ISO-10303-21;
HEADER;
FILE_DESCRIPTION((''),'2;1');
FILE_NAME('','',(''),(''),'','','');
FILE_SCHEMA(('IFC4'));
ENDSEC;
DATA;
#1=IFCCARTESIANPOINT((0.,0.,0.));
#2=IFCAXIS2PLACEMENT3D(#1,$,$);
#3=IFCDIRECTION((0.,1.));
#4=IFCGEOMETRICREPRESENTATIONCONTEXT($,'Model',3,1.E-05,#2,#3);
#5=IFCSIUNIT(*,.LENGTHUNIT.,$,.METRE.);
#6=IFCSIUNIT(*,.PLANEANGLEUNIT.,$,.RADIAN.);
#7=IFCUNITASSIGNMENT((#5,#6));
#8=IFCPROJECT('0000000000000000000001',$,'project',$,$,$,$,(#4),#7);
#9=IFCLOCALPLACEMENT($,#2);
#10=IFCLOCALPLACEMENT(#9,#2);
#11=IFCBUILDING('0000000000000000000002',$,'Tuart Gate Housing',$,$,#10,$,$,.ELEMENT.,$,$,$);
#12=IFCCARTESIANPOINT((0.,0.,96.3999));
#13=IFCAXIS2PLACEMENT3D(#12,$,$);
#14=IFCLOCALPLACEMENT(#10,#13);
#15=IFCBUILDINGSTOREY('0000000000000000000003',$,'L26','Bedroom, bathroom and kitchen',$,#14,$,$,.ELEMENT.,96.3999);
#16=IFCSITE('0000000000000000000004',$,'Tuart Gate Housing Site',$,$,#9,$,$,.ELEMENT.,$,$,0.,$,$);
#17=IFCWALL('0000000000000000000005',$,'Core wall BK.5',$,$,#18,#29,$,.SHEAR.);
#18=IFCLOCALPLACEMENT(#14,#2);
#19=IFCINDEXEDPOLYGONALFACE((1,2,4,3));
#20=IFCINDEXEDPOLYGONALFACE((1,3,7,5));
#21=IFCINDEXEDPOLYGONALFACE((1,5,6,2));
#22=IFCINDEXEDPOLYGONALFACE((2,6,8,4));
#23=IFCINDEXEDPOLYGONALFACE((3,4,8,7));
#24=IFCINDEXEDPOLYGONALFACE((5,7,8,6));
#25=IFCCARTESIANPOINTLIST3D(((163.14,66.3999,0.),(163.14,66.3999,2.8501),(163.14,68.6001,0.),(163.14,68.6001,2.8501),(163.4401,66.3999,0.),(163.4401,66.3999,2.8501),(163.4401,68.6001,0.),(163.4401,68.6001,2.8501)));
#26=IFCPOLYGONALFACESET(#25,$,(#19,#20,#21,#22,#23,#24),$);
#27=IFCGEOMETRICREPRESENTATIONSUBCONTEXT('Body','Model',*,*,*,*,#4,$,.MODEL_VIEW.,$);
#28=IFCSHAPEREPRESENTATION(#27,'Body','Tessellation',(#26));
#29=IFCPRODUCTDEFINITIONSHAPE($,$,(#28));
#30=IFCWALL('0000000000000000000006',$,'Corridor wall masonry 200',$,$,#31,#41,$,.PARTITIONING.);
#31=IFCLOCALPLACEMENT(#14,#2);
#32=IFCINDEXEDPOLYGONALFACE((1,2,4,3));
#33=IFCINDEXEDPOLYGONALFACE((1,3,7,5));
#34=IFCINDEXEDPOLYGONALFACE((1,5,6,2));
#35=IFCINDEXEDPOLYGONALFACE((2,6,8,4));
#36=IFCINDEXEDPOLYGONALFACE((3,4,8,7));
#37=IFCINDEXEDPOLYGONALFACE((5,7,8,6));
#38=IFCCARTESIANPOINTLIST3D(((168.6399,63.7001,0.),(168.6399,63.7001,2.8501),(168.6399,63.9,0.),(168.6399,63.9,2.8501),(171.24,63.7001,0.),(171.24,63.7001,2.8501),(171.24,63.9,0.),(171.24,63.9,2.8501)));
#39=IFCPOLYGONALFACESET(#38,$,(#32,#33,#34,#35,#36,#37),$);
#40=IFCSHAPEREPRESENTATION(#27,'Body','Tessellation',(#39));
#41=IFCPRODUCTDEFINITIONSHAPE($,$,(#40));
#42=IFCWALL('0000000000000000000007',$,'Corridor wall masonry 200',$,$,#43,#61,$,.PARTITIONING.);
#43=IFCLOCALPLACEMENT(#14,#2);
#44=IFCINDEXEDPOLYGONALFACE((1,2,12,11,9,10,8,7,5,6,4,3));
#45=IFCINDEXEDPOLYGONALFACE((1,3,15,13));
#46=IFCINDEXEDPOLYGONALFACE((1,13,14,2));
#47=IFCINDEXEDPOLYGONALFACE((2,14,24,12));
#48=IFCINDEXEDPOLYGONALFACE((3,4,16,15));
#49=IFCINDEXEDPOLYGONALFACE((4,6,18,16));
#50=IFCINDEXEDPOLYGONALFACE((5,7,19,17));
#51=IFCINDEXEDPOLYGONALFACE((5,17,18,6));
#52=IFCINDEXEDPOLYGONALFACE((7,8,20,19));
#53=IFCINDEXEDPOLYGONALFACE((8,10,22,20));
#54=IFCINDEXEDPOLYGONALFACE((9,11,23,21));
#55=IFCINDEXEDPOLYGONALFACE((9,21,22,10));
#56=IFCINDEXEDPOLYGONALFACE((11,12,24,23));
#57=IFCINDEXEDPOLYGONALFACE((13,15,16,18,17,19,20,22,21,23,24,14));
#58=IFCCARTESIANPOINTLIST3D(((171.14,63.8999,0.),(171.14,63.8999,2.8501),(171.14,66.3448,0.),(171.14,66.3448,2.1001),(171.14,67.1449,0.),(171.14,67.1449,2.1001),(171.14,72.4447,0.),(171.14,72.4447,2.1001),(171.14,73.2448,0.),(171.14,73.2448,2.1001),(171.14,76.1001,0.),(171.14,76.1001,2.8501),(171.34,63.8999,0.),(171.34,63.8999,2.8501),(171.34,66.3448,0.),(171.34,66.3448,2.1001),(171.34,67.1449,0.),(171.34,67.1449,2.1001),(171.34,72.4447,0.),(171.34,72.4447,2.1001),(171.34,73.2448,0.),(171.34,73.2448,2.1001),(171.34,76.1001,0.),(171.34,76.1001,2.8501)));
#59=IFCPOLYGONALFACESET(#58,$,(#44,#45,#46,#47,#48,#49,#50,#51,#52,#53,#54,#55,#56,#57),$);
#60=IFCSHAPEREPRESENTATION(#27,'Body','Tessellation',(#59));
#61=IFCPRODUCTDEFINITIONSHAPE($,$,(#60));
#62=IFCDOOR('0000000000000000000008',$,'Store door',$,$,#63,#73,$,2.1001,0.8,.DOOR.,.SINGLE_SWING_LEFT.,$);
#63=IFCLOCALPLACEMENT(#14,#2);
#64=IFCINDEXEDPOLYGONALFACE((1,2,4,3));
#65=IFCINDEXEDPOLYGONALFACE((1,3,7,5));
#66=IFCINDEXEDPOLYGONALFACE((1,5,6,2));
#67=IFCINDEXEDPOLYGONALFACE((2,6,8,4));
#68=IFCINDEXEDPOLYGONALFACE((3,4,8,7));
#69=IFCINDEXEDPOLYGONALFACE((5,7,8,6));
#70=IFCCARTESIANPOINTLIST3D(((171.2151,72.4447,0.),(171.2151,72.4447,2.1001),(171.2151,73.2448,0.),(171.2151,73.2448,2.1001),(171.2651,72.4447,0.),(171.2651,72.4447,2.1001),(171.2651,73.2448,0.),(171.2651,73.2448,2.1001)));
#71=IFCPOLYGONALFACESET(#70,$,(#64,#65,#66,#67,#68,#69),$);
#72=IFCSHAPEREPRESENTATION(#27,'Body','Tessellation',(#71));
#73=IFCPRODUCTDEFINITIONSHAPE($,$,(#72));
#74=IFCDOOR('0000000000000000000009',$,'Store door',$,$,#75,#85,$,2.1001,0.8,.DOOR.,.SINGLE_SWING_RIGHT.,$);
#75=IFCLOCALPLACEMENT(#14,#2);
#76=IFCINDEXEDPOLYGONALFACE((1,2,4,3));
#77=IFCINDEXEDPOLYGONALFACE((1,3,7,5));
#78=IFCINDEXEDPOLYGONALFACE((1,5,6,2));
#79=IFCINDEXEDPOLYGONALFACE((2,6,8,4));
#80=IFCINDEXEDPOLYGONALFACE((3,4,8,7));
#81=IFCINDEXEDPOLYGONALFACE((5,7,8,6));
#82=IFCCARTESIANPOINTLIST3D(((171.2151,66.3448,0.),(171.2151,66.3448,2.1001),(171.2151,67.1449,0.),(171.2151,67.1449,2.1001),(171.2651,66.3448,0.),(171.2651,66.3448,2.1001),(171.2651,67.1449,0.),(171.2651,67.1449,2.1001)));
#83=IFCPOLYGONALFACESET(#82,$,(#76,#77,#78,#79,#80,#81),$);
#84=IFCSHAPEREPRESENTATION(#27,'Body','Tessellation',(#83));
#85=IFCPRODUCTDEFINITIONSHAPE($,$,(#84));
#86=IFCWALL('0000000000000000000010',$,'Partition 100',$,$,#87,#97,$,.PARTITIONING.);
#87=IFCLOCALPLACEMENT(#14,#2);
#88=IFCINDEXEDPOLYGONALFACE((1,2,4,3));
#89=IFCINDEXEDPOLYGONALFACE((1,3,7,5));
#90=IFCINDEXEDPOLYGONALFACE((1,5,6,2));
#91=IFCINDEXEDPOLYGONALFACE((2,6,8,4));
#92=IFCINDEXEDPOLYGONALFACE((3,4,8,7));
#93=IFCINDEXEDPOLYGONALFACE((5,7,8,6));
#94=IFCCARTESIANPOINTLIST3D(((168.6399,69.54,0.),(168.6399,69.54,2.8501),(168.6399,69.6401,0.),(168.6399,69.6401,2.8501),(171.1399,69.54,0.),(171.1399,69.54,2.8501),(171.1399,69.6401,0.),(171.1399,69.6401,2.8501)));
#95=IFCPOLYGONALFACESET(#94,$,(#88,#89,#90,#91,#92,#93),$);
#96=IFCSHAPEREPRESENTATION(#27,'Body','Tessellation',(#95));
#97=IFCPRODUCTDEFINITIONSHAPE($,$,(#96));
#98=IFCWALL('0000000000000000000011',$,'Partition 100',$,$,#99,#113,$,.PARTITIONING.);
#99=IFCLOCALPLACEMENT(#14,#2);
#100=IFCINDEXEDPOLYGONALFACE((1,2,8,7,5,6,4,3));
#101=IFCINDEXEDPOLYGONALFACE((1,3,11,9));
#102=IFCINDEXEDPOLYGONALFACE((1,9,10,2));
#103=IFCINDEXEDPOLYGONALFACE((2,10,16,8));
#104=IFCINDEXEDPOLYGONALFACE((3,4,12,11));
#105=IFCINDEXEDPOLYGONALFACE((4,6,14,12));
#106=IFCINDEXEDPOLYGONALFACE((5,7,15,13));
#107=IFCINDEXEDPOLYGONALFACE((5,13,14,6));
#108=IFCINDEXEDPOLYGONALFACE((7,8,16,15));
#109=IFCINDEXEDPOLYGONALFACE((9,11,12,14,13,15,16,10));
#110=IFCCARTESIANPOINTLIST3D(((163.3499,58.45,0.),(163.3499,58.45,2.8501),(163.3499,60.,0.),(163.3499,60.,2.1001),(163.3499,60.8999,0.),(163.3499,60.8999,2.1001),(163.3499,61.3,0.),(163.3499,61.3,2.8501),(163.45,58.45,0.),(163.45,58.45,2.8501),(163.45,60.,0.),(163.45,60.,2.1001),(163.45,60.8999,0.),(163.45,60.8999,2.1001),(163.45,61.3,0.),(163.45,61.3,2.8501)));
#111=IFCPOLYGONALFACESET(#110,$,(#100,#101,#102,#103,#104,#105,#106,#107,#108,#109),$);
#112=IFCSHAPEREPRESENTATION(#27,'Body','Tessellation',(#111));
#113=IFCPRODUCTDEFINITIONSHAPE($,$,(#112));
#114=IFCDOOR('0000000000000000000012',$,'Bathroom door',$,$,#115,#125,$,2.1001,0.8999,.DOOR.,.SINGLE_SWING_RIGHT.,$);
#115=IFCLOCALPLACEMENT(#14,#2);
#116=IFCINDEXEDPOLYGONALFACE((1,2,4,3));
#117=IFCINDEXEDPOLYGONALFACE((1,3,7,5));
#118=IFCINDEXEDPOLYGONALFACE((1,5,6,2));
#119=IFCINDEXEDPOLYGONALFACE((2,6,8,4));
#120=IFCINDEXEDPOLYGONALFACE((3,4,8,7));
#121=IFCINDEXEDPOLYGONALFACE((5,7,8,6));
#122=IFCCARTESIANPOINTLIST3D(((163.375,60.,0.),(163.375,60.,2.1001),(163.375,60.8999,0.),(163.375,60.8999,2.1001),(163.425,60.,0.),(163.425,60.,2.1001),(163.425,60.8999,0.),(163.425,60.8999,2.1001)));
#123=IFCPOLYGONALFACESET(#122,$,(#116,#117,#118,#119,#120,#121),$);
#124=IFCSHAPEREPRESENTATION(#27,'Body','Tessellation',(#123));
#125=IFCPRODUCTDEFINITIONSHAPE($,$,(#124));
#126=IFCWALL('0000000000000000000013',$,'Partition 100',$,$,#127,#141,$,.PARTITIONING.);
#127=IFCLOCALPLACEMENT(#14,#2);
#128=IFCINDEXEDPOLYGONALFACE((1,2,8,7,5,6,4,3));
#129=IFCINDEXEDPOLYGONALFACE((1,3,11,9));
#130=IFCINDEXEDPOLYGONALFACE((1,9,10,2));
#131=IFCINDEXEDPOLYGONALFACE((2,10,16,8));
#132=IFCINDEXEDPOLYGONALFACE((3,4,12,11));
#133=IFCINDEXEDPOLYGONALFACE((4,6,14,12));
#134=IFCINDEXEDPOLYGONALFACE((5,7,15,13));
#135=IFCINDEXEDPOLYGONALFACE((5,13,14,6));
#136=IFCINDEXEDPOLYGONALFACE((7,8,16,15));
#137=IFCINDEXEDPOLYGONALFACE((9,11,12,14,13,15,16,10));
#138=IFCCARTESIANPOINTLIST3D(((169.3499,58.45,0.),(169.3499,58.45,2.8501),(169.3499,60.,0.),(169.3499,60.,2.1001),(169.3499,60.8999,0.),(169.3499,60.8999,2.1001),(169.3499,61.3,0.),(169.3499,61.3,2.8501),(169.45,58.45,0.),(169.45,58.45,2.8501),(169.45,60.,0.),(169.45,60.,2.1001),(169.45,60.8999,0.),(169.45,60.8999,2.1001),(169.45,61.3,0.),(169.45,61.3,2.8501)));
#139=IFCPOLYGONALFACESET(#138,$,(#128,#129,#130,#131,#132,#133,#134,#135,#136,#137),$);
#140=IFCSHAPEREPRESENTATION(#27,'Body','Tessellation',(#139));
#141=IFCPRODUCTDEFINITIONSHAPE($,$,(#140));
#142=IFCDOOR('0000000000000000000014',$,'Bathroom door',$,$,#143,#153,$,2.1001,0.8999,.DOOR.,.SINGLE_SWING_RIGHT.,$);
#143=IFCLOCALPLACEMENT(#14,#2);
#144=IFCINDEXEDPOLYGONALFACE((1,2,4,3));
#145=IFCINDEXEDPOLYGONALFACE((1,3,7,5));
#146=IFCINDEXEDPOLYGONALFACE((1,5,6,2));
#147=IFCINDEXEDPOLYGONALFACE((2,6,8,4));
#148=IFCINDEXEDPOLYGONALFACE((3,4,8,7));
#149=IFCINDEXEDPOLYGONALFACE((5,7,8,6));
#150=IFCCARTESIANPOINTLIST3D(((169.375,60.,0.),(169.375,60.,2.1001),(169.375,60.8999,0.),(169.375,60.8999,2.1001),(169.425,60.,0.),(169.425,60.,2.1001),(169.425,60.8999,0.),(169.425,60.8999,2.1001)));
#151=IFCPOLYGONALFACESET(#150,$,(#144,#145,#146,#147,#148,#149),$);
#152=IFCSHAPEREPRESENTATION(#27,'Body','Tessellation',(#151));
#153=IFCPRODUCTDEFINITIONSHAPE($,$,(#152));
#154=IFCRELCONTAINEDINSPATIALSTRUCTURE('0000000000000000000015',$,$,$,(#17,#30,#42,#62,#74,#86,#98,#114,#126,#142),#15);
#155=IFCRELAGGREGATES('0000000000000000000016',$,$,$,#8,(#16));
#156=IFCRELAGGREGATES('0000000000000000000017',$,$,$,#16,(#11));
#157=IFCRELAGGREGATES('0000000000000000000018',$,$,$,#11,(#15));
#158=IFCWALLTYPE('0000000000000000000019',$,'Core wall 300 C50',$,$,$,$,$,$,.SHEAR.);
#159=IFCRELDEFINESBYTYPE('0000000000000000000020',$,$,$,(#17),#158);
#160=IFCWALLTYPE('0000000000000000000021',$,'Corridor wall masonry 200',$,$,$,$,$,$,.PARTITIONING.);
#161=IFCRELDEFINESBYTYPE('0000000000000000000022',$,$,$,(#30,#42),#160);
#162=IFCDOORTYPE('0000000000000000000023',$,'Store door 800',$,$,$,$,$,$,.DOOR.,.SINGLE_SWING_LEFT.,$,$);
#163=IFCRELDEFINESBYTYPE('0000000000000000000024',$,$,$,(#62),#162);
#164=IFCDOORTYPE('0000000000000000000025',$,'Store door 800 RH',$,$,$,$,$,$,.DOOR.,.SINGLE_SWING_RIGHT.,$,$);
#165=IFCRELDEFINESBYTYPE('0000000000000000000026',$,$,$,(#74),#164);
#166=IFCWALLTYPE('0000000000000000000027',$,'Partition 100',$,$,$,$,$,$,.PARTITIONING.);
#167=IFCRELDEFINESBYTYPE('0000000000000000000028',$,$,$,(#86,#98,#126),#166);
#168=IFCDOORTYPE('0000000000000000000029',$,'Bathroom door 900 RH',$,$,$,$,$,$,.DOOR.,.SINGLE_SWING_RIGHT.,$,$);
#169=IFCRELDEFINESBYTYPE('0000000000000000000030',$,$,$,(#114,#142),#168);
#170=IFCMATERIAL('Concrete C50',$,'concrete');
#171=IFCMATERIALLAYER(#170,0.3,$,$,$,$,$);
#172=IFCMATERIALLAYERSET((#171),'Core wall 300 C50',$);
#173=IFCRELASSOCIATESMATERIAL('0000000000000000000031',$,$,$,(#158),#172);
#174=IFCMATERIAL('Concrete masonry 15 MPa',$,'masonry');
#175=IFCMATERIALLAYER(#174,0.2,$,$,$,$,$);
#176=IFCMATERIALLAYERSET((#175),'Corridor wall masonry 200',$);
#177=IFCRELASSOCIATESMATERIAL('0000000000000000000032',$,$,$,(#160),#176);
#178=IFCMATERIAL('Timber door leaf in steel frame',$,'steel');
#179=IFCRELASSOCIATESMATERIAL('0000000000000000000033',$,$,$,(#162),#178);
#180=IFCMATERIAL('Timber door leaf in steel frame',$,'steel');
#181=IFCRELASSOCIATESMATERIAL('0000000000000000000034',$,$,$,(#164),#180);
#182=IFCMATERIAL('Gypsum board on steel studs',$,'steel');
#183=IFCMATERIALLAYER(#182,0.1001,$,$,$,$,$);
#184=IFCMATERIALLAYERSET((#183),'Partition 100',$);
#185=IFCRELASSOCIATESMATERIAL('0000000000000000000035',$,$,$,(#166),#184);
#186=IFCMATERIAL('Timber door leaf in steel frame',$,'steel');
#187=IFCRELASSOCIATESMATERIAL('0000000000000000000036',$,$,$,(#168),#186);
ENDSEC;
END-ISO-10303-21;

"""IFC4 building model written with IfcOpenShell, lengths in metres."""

from ifc_helpers import new_model, si_unit, direction, frame, frame_2d, origin, place, context, subcontext, project, spatial, rectangle, extrude, material, layer, layer_set, type_object, element, fill, save


model = new_model("IFC4")

# Units and contexts
model_context = context("Model", 3, precision=1e-05, world=origin(), true_north=direction((0.0, 1.0)))
body_context = subcontext(model_context, "Body", "Model", "MODEL_VIEW")
ifc_project = project(units=[si_unit("LENGTHUNIT", "METRE"), si_unit("PLANEANGLEUNIT", "RADIAN")], contexts=[model_context])

# Site, building, storey
site_placement = place(None, origin())
site = spatial("IfcSite", under=ifc_project, at=site_placement, Name="Tuart Gate Housing Site", CompositionType="ELEMENT", RefElevation=0.0)
building_placement = place(site_placement, origin())
building = spatial("IfcBuilding", under=site, at=building_placement, Name="Tuart Gate Housing", CompositionType="ELEMENT")
storey_placement = place(building_placement, frame((0.0, 0.0, 96.3999)))
storey = spatial("IfcBuildingStorey", under=building, at=storey_placement, Name="L26", Description="Bedroom, bathroom and kitchen", CompositionType="ELEMENT", Elevation=96.3999)

# Walls
ifc_material_1 = material(Name="Concrete C50", Category="concrete")
ifc_layer_1 = layer(ifc_material_1, 0.3)
ifc_layer_set_1 = layer_set([ifc_layer_1], Name="Core wall 300 C50")
wall_type_1 = type_object("IfcWallType", Name="Core wall 300 C50", PredefinedType="SHEAR", material=ifc_layer_set_1)
wall_1_placement = place(storey_placement, frame((163.29, 68.6001, 0.0), z_axis=(0.0, 0.0, 1.0), x_axis=(0.0, -1.0, 0.0)))
element("IfcWall", 1, at=wall_1_placement, inside=storey, type_object=wall_type_1, Name="Core wall BK.5", PredefinedType="SHEAR", context=body_context, shape_type="SweptSolid", body=[
    extrude(rectangle(XDim=2.2002, YDim=0.3, at=frame_2d((1.1001, 0.0))), origin(), (0.0, 0.0, 1.0), 2.8501),
])
ifc_material_2 = material(Name="Concrete masonry 15 MPa", Category="masonry")
ifc_layer_2 = layer(ifc_material_2, 0.2)
ifc_layer_set_2 = layer_set([ifc_layer_2], Name="Corridor wall masonry 200")
wall_type_2 = type_object("IfcWallType", Name="Corridor wall masonry 200", PredefinedType="PARTITIONING", material=ifc_layer_set_2)
wall_2_placement = place(storey_placement, frame((168.6399, 63.8, 0.0), z_axis=(0.0, 0.0, 1.0), x_axis=(1.0, 0.0, 0.0)))
element("IfcWall", 2, at=wall_2_placement, inside=storey, type_object=wall_type_2, Name="Corridor wall masonry 200", PredefinedType="PARTITIONING", context=body_context, shape_type="SweptSolid", body=[
    extrude(rectangle(XDim=2.6001, YDim=0.2, at=frame_2d((1.3, 0.0))), origin(), (0.0, 0.0, 1.0), 2.8501),
])

# Wall, openings, doors
wall_3_placement = place(storey_placement, frame((171.24, 63.8999, 0.0), z_axis=(0.0, 0.0, 1.0), x_axis=(0.0, 1.0, 0.0)))
wall_3 = element("IfcWall", 3, at=wall_3_placement, inside=storey, type_object=wall_type_2, Name="Corridor wall masonry 200", PredefinedType="PARTITIONING", context=body_context, shape_type="SweptSolid", body=[
    extrude(rectangle(XDim=12.2002, YDim=0.2, at=frame_2d((6.1001, 0.0))), origin(), (0.0, 0.0, 1.0), 2.8501),
])
opening_1_placement = place(wall_3_placement, frame((2.4451, 0.0, 0.0)))
opening_1 = element("IfcOpeningElement", 4, at=opening_1_placement, cuts=wall_3, PredefinedType="OPENING", context=body_context, shape_type="SweptSolid", body=[
    extrude(rectangle(XDim=0.8, YDim=2.1001, at=frame_2d((0.3999, 1.05))), frame((0.0, 0.1099, 0.0), z_axis=(0.0, -1.0, 0.0), x_axis=(1.0, 0.0, 0.0)), (0.0, 0.0, 1.0), 0.22),
])
opening_2_placement = place(wall_3_placement, frame((8.5449, 0.0, 0.0)))
opening_2 = element("IfcOpeningElement", 5, at=opening_2_placement, cuts=wall_3, PredefinedType="OPENING", context=body_context, shape_type="SweptSolid", body=[
    extrude(rectangle(XDim=0.8, YDim=2.1001, at=frame_2d((0.3999, 1.05))), frame((0.0, 0.1099, 0.0), z_axis=(0.0, -1.0, 0.0), x_axis=(1.0, 0.0, 0.0)), (0.0, 0.0, 1.0), 0.22),
])
ifc_material_3 = material(Name="Timber door leaf in steel frame", Category="steel")
door_type_1 = type_object("IfcDoorType", Name="Store door 800", OperationType="SINGLE_SWING_LEFT", PredefinedType="DOOR", material=ifc_material_3)
door_1_placement = place(opening_2_placement, origin())
door_1 = element("IfcDoor", 6, at=door_1_placement, inside=storey, type_object=door_type_1, Name="Store door", OperationType="SINGLE_SWING_LEFT", OverallHeight=2.1001, OverallWidth=0.8, PredefinedType="DOOR", context=body_context, shape_type="SweptSolid", body=[
    extrude(rectangle(XDim=0.8, YDim=2.1001, at=frame_2d((0.3999, 1.05))), frame((0.0, 0.0249, 0.0), z_axis=(0.0, -1.0, 0.0), x_axis=(1.0, 0.0, 0.0)), (0.0, 0.0, 1.0), 0.05),
])
fill(opening_2, door_1)
ifc_material_4 = material(Name="Timber door leaf in steel frame", Category="steel")
door_type_2 = type_object("IfcDoorType", Name="Store door 800 RH", OperationType="SINGLE_SWING_RIGHT", PredefinedType="DOOR", material=ifc_material_4)
door_2_placement = place(opening_1_placement, origin())
door_2 = element("IfcDoor", 7, at=door_2_placement, inside=storey, type_object=door_type_2, Name="Store door", OperationType="SINGLE_SWING_RIGHT", OverallHeight=2.1001, OverallWidth=0.8, PredefinedType="DOOR", context=body_context, shape_type="SweptSolid", body=[
    extrude(rectangle(XDim=0.8, YDim=2.1001, at=frame_2d((0.3999, 1.05))), frame((0.0, 0.0249, 0.0), z_axis=(0.0, -1.0, 0.0), x_axis=(1.0, 0.0, 0.0)), (0.0, 0.0, 1.0), 0.05),
])
fill(opening_1, door_2)

# Wall
ifc_material_5 = material(Name="Gypsum board on steel studs", Category="steel")
ifc_layer_3 = layer(ifc_material_5, 0.1001)
ifc_layer_set_3 = layer_set([ifc_layer_3], Name="Partition 100")
wall_type_3 = type_object("IfcWallType", Name="Partition 100", PredefinedType="PARTITIONING", material=ifc_layer_set_3)
wall_4_placement = place(storey_placement, frame((168.6399, 69.5901, 0.0), z_axis=(0.0, 0.0, 1.0), x_axis=(1.0, 0.0, 0.0)))
element("IfcWall", 8, at=wall_4_placement, inside=storey, type_object=wall_type_3, Name="Partition 100", PredefinedType="PARTITIONING", context=body_context, shape_type="SweptSolid", body=[
    extrude(rectangle(XDim=2.5, YDim=0.1001, at=frame_2d((1.25, 0.0))), origin(), (0.0, 0.0, 1.0), 2.8501),
])

# Walls, openings, doors
wall_5_placement = place(storey_placement, frame((163.3999, 58.45, 0.0), z_axis=(0.0, 0.0, 1.0), x_axis=(0.0, 1.0, 0.0)))
wall_5 = element("IfcWall", 9, at=wall_5_placement, inside=storey, type_object=wall_type_3, Name="Partition 100", PredefinedType="PARTITIONING", context=body_context, shape_type="SweptSolid", body=[
    extrude(rectangle(XDim=2.8501, YDim=0.1001, at=frame_2d((1.425, 0.0))), origin(), (0.0, 0.0, 1.0), 2.8501),
])
opening_3_placement = place(wall_5_placement, frame((1.55, 0.0, 0.0)))
opening_3 = element("IfcOpeningElement", 10, at=opening_3_placement, cuts=wall_5, PredefinedType="OPENING", context=body_context, shape_type="SweptSolid", body=[
    extrude(rectangle(XDim=0.8999, YDim=2.1001, at=frame_2d((0.45, 1.05))), frame((0.0, 0.0601, 0.0), z_axis=(0.0, -1.0, 0.0), x_axis=(1.0, 0.0, 0.0)), (0.0, 0.0, 1.0), 0.1201),
])
ifc_material_6 = material(Name="Timber door leaf in steel frame", Category="steel")
door_type_3 = type_object("IfcDoorType", Name="Bathroom door 900 RH", OperationType="SINGLE_SWING_RIGHT", PredefinedType="DOOR", material=ifc_material_6)
door_3_placement = place(opening_3_placement, origin())
door_3 = element("IfcDoor", 11, at=door_3_placement, inside=storey, type_object=door_type_3, Name="Bathroom door", OperationType="SINGLE_SWING_RIGHT", OverallHeight=2.1001, OverallWidth=0.8999, PredefinedType="DOOR", context=body_context, shape_type="SweptSolid", body=[
    extrude(rectangle(XDim=0.8999, YDim=2.1001, at=frame_2d((0.45, 1.05))), frame((0.0, 0.0249, 0.0), z_axis=(0.0, -1.0, 0.0), x_axis=(1.0, 0.0, 0.0)), (0.0, 0.0, 1.0), 0.05),
])
fill(opening_3, door_3)
wall_6_placement = place(storey_placement, frame((169.3999, 58.45, 0.0), z_axis=(0.0, 0.0, 1.0), x_axis=(0.0, 1.0, 0.0)))
wall_6 = element("IfcWall", 12, at=wall_6_placement, inside=storey, type_object=wall_type_3, Name="Partition 100", PredefinedType="PARTITIONING", context=body_context, shape_type="SweptSolid", body=[
    extrude(rectangle(XDim=2.8501, YDim=0.1001, at=frame_2d((1.425, 0.0))), origin(), (0.0, 0.0, 1.0), 2.8501),
])
opening_4_placement = place(wall_6_placement, frame((1.55, 0.0, 0.0)))
opening_4 = element("IfcOpeningElement", 13, at=opening_4_placement, cuts=wall_6, PredefinedType="OPENING", context=body_context, shape_type="SweptSolid", body=[
    extrude(rectangle(XDim=0.8999, YDim=2.1001, at=frame_2d((0.45, 1.05))), frame((0.0, 0.0601, 0.0), z_axis=(0.0, -1.0, 0.0), x_axis=(1.0, 0.0, 0.0)), (0.0, 0.0, 1.0), 0.1201),
])
door_4_placement = place(opening_4_placement, origin())
door_4 = element("IfcDoor", 14, at=door_4_placement, inside=storey, type_object=door_type_3, Name="Bathroom door", OperationType="SINGLE_SWING_RIGHT", OverallHeight=2.1001, OverallWidth=0.8999, PredefinedType="DOOR", context=body_context, shape_type="SweptSolid", body=[
    extrude(rectangle(XDim=0.8999, YDim=2.1001, at=frame_2d((0.45, 1.05))), frame((0.0, 0.0249, 0.0), z_axis=(0.0, -1.0, 0.0), x_axis=(1.0, 0.0, 0.0)), (0.0, 0.0, 1.0), 0.05),
])
fill(opening_4, door_4)

save(model, "model.ifc")
